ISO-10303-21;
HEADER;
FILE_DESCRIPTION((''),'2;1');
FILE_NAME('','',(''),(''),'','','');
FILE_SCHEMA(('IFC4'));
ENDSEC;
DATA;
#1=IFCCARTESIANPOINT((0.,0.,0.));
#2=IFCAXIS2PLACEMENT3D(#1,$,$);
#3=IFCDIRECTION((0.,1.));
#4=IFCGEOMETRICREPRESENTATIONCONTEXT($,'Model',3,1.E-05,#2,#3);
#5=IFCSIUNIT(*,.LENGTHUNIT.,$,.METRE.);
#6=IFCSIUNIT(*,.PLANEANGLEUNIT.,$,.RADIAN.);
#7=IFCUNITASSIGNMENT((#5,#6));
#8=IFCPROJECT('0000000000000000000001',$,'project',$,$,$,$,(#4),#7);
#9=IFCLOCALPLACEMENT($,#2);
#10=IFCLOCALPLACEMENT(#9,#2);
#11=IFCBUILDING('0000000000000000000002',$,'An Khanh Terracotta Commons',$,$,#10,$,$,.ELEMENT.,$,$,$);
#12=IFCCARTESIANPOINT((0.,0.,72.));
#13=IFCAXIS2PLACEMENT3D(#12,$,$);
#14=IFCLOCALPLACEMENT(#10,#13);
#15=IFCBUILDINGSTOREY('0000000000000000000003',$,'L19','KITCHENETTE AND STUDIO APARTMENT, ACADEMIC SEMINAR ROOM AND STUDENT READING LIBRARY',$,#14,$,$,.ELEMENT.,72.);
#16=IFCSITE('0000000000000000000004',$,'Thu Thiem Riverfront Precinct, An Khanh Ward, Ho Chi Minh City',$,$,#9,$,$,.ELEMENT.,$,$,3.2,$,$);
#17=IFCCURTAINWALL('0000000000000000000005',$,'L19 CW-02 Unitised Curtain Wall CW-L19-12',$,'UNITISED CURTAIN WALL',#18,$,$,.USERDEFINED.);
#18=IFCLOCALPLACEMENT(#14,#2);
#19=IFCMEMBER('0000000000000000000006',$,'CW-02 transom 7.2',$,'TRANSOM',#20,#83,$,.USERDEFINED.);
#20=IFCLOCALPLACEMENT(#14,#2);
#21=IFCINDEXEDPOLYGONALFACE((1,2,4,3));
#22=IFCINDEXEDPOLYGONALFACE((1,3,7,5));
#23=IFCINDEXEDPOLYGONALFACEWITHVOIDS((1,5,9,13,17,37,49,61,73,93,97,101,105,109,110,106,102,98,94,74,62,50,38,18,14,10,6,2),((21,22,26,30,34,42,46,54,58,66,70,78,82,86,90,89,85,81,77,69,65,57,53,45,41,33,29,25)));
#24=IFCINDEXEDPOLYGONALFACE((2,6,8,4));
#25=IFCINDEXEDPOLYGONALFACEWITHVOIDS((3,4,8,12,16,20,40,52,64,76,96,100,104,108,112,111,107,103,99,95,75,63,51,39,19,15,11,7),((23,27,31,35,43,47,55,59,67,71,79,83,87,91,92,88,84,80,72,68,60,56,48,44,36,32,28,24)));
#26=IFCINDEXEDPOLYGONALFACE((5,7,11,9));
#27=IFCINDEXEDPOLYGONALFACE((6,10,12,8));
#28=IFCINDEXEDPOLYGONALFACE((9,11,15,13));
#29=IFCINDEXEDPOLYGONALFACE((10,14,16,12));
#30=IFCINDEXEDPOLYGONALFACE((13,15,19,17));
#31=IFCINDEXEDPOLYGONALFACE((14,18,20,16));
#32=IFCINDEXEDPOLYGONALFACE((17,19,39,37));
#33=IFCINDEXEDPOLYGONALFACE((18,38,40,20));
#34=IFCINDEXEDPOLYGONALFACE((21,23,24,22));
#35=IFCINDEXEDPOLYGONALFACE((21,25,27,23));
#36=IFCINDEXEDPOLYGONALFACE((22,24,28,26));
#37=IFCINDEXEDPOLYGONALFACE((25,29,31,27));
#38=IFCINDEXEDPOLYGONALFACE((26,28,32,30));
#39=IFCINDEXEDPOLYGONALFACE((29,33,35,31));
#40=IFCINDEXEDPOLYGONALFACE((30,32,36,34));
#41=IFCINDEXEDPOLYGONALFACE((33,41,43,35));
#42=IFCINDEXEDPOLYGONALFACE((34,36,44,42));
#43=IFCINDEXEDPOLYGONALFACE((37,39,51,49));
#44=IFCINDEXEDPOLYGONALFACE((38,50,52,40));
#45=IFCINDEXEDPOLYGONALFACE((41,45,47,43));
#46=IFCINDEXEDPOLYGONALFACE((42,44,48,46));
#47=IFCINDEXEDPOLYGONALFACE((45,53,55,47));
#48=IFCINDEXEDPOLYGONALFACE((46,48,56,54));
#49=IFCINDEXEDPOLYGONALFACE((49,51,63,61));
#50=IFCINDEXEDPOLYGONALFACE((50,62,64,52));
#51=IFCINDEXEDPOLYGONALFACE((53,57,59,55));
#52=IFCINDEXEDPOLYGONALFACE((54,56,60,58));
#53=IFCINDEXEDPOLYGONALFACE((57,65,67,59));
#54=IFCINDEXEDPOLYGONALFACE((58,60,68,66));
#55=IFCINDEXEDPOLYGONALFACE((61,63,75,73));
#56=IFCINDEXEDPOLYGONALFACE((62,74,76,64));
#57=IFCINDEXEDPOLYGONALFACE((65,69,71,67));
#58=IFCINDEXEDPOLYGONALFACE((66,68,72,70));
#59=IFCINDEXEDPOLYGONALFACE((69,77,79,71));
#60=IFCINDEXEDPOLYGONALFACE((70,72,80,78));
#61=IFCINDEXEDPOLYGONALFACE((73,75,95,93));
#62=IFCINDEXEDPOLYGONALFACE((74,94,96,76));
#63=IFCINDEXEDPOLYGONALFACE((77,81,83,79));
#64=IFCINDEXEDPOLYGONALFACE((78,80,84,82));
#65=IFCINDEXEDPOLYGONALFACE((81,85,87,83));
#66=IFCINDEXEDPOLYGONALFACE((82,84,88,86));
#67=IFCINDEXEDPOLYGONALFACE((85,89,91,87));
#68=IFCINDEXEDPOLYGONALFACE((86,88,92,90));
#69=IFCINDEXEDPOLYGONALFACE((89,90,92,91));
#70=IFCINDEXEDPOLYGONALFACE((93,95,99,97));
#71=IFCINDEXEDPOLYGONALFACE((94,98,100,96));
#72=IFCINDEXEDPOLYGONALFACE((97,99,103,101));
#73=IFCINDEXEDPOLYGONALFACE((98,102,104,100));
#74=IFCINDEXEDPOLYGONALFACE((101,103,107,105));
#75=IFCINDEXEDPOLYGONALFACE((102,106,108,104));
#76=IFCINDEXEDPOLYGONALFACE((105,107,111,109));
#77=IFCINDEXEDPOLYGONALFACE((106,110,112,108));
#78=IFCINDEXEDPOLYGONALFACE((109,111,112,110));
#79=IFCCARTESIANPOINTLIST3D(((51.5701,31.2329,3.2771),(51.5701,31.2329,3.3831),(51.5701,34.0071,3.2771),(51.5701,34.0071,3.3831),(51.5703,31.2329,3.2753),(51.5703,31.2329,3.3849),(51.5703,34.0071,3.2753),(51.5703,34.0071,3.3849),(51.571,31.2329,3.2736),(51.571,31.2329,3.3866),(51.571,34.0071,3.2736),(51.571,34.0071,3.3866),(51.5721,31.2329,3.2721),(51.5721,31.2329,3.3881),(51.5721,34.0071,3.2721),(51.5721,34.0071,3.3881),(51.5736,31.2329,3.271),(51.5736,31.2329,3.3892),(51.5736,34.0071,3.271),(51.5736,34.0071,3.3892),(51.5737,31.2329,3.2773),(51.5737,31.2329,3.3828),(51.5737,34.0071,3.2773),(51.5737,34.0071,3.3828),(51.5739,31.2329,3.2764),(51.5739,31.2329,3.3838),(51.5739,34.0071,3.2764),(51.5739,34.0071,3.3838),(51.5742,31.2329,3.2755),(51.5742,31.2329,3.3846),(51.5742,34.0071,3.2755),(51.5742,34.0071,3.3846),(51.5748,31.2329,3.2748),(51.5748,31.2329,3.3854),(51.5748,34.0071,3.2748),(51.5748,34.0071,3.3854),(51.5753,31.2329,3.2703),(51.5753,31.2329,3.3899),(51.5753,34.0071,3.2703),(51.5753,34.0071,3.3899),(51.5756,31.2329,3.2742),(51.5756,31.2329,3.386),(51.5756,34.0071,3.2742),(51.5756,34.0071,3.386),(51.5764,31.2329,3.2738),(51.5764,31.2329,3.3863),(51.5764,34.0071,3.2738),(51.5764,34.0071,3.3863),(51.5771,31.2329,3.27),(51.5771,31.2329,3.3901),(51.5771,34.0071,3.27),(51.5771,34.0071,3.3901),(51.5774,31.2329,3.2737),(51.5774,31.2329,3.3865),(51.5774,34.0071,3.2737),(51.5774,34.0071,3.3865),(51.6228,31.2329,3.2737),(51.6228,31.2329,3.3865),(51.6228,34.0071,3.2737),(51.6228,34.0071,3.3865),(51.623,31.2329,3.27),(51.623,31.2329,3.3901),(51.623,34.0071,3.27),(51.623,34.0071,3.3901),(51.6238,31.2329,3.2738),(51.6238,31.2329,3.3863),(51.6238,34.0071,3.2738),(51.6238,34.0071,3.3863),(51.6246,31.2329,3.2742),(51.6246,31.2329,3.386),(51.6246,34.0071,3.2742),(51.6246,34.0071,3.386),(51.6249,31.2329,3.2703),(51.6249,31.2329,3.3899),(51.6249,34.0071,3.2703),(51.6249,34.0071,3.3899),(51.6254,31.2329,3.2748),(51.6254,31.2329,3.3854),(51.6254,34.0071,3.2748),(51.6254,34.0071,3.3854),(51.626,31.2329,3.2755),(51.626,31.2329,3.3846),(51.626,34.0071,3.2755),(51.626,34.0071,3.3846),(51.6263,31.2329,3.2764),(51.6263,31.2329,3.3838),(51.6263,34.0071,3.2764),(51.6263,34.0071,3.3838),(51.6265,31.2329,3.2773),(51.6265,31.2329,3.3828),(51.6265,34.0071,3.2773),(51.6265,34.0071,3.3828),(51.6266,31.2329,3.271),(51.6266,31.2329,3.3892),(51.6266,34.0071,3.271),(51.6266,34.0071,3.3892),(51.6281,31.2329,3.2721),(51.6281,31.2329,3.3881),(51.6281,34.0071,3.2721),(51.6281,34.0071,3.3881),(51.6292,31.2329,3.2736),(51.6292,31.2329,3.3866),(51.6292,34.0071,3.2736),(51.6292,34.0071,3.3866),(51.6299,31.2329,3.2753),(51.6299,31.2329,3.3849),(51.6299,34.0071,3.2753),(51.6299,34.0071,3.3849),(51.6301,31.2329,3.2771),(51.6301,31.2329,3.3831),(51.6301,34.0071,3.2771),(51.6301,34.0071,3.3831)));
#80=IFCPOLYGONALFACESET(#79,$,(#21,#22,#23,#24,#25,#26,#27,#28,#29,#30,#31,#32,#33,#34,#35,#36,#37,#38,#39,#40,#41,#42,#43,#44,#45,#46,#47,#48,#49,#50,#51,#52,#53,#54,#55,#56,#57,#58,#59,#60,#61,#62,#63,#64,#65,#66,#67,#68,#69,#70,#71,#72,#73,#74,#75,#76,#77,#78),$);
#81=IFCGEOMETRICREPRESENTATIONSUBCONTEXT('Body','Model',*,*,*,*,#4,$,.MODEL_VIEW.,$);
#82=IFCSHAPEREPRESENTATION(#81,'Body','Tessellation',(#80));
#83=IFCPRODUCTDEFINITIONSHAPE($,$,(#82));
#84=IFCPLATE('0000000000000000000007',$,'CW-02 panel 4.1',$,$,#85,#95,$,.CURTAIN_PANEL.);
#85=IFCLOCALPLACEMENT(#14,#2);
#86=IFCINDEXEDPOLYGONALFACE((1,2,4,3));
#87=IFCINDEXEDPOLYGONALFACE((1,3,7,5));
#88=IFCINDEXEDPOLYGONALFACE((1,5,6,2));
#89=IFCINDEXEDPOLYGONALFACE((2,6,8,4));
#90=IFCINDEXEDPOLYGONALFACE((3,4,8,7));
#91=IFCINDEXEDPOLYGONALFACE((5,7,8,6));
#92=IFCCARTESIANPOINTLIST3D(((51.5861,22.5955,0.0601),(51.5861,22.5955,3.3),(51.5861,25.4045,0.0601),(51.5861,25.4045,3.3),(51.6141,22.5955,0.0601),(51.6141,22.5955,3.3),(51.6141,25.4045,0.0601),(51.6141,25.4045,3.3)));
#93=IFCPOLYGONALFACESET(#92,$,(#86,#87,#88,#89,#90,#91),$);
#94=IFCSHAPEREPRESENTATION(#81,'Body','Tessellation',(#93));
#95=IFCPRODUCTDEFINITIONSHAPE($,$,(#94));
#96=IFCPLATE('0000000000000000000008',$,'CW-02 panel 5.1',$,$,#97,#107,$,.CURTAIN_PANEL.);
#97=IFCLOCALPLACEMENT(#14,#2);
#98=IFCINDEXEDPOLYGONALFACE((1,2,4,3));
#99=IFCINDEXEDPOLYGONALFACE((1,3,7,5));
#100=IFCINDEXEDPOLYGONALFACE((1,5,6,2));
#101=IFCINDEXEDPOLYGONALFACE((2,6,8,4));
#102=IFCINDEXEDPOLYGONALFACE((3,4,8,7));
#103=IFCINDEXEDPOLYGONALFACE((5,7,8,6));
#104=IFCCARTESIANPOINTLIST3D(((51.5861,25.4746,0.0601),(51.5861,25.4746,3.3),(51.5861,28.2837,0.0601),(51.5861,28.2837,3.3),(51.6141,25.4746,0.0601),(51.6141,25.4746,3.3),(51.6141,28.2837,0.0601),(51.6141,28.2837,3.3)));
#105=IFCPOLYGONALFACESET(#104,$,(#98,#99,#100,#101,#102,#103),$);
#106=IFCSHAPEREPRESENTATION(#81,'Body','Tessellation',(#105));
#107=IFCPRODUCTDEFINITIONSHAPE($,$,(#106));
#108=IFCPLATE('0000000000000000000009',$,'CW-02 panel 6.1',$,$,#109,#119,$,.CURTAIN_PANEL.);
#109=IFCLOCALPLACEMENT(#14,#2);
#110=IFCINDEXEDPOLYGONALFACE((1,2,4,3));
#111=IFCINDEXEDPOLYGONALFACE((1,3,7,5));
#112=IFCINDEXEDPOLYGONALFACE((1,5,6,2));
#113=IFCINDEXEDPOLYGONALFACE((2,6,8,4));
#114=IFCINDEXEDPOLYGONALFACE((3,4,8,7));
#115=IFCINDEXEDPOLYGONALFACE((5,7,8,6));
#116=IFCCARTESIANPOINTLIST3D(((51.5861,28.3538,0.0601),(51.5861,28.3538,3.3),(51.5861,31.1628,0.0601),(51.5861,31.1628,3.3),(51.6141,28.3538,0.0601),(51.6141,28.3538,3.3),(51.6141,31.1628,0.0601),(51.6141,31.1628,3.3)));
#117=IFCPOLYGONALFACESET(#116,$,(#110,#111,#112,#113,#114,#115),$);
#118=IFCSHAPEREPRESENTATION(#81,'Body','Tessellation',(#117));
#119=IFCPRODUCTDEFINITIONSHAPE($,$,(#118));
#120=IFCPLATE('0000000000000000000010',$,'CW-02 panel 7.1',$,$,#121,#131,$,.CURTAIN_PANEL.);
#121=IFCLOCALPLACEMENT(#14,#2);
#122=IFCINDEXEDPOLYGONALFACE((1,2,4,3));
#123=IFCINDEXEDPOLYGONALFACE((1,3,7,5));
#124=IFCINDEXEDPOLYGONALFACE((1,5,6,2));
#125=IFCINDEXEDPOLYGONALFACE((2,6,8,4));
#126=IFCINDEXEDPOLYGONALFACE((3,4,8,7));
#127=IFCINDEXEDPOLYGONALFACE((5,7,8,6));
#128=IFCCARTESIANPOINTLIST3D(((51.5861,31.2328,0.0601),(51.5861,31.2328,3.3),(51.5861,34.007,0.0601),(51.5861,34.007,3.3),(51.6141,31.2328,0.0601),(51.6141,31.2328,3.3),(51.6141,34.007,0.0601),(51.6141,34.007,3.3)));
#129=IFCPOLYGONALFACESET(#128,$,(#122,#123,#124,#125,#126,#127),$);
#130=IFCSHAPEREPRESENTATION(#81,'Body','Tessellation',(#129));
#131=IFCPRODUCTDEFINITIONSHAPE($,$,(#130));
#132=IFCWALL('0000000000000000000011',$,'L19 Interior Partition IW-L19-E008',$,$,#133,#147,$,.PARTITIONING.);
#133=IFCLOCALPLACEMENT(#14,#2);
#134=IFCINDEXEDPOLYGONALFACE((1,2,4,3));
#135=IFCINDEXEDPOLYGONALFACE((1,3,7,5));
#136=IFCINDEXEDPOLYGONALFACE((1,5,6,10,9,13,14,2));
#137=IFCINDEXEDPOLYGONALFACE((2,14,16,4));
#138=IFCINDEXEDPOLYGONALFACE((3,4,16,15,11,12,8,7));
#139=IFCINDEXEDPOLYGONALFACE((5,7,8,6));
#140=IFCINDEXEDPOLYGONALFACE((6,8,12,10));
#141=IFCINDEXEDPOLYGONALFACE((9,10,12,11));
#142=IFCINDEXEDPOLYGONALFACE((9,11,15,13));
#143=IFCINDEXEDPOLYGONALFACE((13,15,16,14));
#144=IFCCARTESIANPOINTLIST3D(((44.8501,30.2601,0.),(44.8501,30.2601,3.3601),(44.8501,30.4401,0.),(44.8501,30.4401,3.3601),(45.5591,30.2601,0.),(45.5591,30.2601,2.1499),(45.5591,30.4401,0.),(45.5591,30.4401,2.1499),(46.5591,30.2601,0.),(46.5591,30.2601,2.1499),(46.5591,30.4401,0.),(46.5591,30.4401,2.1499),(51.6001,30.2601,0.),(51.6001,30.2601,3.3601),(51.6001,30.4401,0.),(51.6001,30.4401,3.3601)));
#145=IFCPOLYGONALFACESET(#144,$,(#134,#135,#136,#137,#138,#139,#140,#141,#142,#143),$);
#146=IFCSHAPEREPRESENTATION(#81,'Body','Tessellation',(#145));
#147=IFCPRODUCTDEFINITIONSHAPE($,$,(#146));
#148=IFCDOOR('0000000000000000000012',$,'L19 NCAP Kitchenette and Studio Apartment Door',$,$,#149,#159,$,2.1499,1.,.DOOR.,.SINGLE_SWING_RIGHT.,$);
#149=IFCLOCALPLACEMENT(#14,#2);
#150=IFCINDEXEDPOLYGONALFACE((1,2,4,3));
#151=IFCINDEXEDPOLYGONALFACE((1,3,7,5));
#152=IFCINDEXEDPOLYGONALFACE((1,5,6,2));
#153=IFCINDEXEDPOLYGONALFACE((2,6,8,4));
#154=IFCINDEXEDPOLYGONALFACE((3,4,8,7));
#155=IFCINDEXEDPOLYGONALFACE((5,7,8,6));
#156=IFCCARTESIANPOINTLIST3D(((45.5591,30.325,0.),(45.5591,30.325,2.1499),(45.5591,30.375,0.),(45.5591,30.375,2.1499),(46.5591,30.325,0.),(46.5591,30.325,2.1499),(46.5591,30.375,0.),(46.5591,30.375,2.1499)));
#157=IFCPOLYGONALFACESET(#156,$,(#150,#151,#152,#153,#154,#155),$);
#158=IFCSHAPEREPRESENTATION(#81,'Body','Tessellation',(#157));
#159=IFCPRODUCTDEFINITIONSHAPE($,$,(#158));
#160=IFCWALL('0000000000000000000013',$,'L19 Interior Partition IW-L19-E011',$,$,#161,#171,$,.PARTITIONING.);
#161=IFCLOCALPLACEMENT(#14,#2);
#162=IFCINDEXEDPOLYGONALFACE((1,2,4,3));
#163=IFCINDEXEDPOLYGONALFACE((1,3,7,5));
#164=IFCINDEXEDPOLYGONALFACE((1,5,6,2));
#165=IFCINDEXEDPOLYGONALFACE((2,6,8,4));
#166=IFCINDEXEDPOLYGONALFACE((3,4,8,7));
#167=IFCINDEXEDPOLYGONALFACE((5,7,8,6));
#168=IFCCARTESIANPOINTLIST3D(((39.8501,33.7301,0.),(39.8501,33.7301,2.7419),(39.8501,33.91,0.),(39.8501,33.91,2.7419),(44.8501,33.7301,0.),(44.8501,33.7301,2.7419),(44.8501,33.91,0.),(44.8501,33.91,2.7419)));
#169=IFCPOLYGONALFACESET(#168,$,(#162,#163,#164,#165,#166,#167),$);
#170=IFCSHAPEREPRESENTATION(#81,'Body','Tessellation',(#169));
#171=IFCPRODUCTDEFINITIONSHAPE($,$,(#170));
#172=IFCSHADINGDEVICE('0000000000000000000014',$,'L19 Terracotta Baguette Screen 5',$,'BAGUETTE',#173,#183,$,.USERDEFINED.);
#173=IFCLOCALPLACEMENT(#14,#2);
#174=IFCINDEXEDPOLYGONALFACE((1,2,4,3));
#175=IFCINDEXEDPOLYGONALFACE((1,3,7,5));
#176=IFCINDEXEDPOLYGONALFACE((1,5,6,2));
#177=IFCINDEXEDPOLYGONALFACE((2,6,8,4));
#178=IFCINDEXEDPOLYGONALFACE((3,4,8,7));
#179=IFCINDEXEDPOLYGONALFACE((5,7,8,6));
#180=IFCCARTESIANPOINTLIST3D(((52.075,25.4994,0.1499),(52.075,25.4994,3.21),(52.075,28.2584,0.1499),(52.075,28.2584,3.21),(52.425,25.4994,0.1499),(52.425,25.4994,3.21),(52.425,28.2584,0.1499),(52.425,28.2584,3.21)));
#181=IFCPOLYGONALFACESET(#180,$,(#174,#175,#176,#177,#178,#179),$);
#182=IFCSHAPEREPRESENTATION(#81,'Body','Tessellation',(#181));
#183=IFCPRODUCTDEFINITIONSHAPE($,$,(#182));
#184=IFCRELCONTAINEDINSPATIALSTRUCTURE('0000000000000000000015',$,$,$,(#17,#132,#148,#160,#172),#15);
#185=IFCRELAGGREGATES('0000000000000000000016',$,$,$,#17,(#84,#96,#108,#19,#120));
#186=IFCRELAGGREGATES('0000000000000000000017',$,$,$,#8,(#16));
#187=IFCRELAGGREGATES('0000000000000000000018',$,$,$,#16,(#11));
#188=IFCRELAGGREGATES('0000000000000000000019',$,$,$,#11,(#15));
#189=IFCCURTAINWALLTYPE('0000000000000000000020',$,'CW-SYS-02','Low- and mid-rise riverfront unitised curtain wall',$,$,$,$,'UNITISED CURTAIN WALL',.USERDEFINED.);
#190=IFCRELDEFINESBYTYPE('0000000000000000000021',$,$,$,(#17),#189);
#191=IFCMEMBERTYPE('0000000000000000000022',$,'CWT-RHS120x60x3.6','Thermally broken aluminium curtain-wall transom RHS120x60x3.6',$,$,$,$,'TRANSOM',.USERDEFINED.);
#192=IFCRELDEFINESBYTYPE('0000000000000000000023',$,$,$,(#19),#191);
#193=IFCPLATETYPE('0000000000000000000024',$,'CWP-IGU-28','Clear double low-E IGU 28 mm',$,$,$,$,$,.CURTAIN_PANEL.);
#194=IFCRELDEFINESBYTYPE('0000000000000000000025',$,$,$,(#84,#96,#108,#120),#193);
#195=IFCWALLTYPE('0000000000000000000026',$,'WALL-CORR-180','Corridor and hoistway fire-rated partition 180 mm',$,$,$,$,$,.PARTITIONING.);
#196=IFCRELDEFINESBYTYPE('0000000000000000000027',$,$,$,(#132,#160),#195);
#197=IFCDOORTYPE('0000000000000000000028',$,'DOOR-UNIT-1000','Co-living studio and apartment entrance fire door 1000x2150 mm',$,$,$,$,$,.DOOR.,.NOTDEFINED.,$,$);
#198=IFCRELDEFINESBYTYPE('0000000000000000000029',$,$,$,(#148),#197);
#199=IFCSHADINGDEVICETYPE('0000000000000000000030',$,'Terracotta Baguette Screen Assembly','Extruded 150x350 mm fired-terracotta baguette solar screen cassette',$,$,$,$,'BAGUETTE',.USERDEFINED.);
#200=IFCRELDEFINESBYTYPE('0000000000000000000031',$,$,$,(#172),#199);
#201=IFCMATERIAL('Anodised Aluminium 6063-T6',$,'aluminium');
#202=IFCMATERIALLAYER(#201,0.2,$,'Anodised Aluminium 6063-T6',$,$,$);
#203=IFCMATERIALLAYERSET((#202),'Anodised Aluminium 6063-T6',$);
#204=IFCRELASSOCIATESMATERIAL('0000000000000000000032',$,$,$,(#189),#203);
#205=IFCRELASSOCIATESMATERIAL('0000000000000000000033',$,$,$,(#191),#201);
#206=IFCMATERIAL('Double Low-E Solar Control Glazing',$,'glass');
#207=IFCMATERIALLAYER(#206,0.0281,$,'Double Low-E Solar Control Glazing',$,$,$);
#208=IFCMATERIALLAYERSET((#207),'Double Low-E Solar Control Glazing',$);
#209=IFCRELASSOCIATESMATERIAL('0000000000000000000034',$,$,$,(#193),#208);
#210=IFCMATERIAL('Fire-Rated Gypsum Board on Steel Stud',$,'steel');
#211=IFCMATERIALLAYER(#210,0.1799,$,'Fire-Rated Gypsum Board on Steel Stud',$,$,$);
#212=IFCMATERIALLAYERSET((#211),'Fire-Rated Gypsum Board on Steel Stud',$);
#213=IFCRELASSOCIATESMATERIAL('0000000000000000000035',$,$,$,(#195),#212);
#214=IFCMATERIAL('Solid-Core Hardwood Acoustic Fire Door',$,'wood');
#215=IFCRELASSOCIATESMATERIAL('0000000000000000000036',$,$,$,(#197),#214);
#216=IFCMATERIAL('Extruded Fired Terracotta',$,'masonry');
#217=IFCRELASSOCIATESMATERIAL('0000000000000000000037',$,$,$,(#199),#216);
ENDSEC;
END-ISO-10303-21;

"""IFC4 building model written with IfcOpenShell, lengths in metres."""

from ifc_helpers import new_model, si_unit, direction, frame, frame_2d, origin, origin_2d, place, context, subcontext, project, spatial, rectangle, hollow_rectangle, extrude, material, layer, layer_set, material_profile, profile_set, type_object, element, fill, aggregate, save


model = new_model("IFC4")

# Units and contexts
model_context = context("Model", 3, precision=1e-05, world=origin(), true_north=direction((0.0, 1.0)))
body_context = subcontext(model_context, "Body", "Model", "MODEL_VIEW")
ifc_project = project(units=[si_unit("LENGTHUNIT", "METRE"), si_unit("PLANEANGLEUNIT", "RADIAN")], contexts=[model_context])

# Site, building, storey
site_placement = place(None, origin())
site = spatial("IfcSite", under=ifc_project, at=site_placement, Name="Thu Thiem Riverfront Precinct, An Khanh Ward, Ho Chi Minh City", CompositionType="ELEMENT", RefElevation=3.2)
building_placement = place(site_placement, origin())
building = spatial("IfcBuilding", under=site, at=building_placement, Name="An Khanh Terracotta Commons", CompositionType="ELEMENT")
storey_placement = place(building_placement, frame((0.0, 0.0, 72.0)))
storey = spatial("IfcBuildingStorey", under=building, at=storey_placement, Name="L19", Description="KITCHENETTE AND STUDIO APARTMENT, ACADEMIC SEMINAR ROOM AND STUDENT READING LIBRARY", CompositionType="ELEMENT", Elevation=72.0)

# Curtain wall, member, plates
ifc_material_1 = material(Name="Anodised Aluminium 6063-T6", Category="aluminium")
ifc_layer_1 = layer(ifc_material_1, 0.2, Name="Anodised Aluminium 6063-T6")
ifc_layer_set_1 = layer_set([ifc_layer_1], Name="Anodised Aluminium 6063-T6")
curtain_wall_type = type_object("IfcCurtainWallType", Name="CW-SYS-02", Description="Low- and mid-rise riverfront unitised curtain wall", ElementType="UNITISED CURTAIN WALL", PredefinedType="USERDEFINED", material=ifc_layer_set_1)
curtain_wall_placement = place(storey_placement, origin())
curtain_wall = element("IfcCurtainWall", 1, at=curtain_wall_placement, inside=storey, type_object=curtain_wall_type, Name="L19 CW-02 Unitised Curtain Wall CW-L19-12", ObjectType="UNITISED CURTAIN WALL", PredefinedType="USERDEFINED")
ifc_material_profile_1 = material_profile(ifc_material_1, hollow_rectangle(XDim=0.0601, YDim=0.1201, WallThickness=0.0037, InnerFilletRadius=0.0037, OuterFilletRadius=0.0071, at=origin_2d()), Name="RHS120x60x3.6")
ifc_profile_set_1 = profile_set([ifc_material_profile_1], Name="Anodised Aluminium 6063-T6")
member_type_1 = type_object("IfcMemberType", Name="CWT-RHS120x60x3.6", Description="Thermally broken aluminium curtain-wall transom RHS120x60x3.6", ElementType="TRANSOM", PredefinedType="USERDEFINED", material=ifc_profile_set_1)
member_1_placement = place(storey_placement, frame((51.6001, 31.2329, 3.3301), z_axis=(0.0, 1.0, 0.0), x_axis=(-1.0, 0.0, 0.0)))
member_1 = element("IfcMember", 2, at=member_1_placement, type_object=member_type_1, Name="CW-02 transom 7.2", ObjectType="TRANSOM", PredefinedType="USERDEFINED", context=body_context, shape_type="SweptSolid", body=[
    extrude(hollow_rectangle(XDim=0.0601, YDim=0.1201, WallThickness=0.0037, InnerFilletRadius=0.0037, OuterFilletRadius=0.0071, at=origin_2d()), origin(), (0.0, 0.0, 1.0), 2.7742),
])
ifc_material_2 = material(Name="Double Low-E Solar Control Glazing", Category="glass")
ifc_layer_2 = layer(ifc_material_2, 0.0281, Name="Double Low-E Solar Control Glazing")
ifc_layer_set_2 = layer_set([ifc_layer_2], Name="Double Low-E Solar Control Glazing")
plate_type = type_object("IfcPlateType", Name="CWP-IGU-28", Description="Clear double low-E IGU 28 mm", PredefinedType="CURTAIN_PANEL", material=ifc_layer_set_2)
plate_1_placement = place(storey_placement, frame((51.6001, 24.0, 0.0601), z_axis=(0.0, 0.0, 1.0), x_axis=(0.0, 1.0, 0.0)))
plate_1 = element("IfcPlate", 3, at=plate_1_placement, type_object=plate_type, Name="CW-02 panel 4.1", PredefinedType="CURTAIN_PANEL", context=body_context, shape_type="SweptSolid", body=[
    extrude(rectangle(XDim=2.8091, YDim=0.0281, at=origin_2d()), origin(), (0.0, 0.0, 1.0), 3.24),
])
plate_2_placement = place(storey_placement, frame((51.6001, 26.8792, 0.0601), z_axis=(0.0, 0.0, 1.0), x_axis=(0.0, 1.0, 0.0)))
plate_2 = element("IfcPlate", 4, at=plate_2_placement, type_object=plate_type, Name="CW-02 panel 5.1", PredefinedType="CURTAIN_PANEL", context=body_context, shape_type="SweptSolid", body=[
    extrude(rectangle(XDim=2.8091, YDim=0.0281, at=origin_2d()), origin(), (0.0, 0.0, 1.0), 3.24),
])
plate_3_placement = place(storey_placement, frame((51.6001, 29.7583, 0.0601), z_axis=(0.0, 0.0, 1.0), x_axis=(0.0, 1.0, 0.0)))
plate_3 = element("IfcPlate", 5, at=plate_3_placement, type_object=plate_type, Name="CW-02 panel 6.1", PredefinedType="CURTAIN_PANEL", context=body_context, shape_type="SweptSolid", body=[
    extrude(rectangle(XDim=2.8091, YDim=0.0281, at=origin_2d()), origin(), (0.0, 0.0, 1.0), 3.24),
])
plate_4_placement = place(storey_placement, frame((51.6001, 32.6199, 0.0601), z_axis=(0.0, 0.0, 1.0), x_axis=(0.0, 1.0, 0.0)))
plate_4 = element("IfcPlate", 6, at=plate_4_placement, type_object=plate_type, Name="CW-02 panel 7.1", PredefinedType="CURTAIN_PANEL", context=body_context, shape_type="SweptSolid", body=[
    extrude(rectangle(XDim=2.7742, YDim=0.0281, at=origin_2d()), origin(), (0.0, 0.0, 1.0), 3.24),
])
aggregate(curtain_wall, [plate_1, plate_2, plate_3, member_1, plate_4])

# Wall, opening, door
ifc_material_3 = material(Name="Fire-Rated Gypsum Board on Steel Stud", Category="steel")
ifc_layer_3 = layer(ifc_material_3, 0.1799, Name="Fire-Rated Gypsum Board on Steel Stud")
ifc_layer_set_3 = layer_set([ifc_layer_3], Name="Fire-Rated Gypsum Board on Steel Stud")
wall_type = type_object("IfcWallType", Name="WALL-CORR-180", Description="Corridor and hoistway fire-rated partition 180 mm", PredefinedType="PARTITIONING", material=ifc_layer_set_3)
wall_1_placement = place(storey_placement, frame((44.8501, 30.3501, 0.0), z_axis=(0.0, 0.0, 1.0), x_axis=(1.0, 0.0, 0.0)))
wall_1 = element("IfcWall", 7, at=wall_1_placement, inside=storey, type_object=wall_type, Name="L19 Interior Partition IW-L19-E008", PredefinedType="PARTITIONING", context=body_context, shape_type="SweptSolid", body=[
    extrude(rectangle(XDim=6.75, YDim=0.1799, at=frame_2d((3.375, 0.0))), origin(), (0.0, 0.0, 1.0), 3.3601),
])
opening_placement = place(wall_1_placement, frame((0.709, 0.0, 0.0)))
opening = element("IfcOpeningElement", 8, at=opening_placement, cuts=wall_1, PredefinedType="OPENING", context=body_context, shape_type="SweptSolid", body=[
    extrude(rectangle(XDim=1.0, YDim=2.1499, at=frame_2d((0.5, 1.075))), frame((0.0, 0.0999, 0.0), z_axis=(0.0, -1.0, 0.0), x_axis=(1.0, 0.0, 0.0)), (0.0, 0.0, 1.0), 0.2),
])
ifc_material_4 = material(Name="Solid-Core Hardwood Acoustic Fire Door", Category="wood")
door_type = type_object("IfcDoorType", Name="DOOR-UNIT-1000", Description="Co-living studio and apartment entrance fire door 1000x2150 mm", OperationType="NOTDEFINED", PredefinedType="DOOR", material=ifc_material_4)
door_placement = place(opening_placement, origin())
door = element("IfcDoor", 9, at=door_placement, inside=storey, type_object=door_type, Name="L19 NCAP Kitchenette and Studio Apartment Door", OperationType="SINGLE_SWING_RIGHT", OverallHeight=2.1499, OverallWidth=1.0, PredefinedType="DOOR", context=body_context, shape_type="SweptSolid", body=[
    extrude(rectangle(XDim=1.0, YDim=2.1499, at=frame_2d((0.5, 1.075))), frame((0.0, 0.0249, 0.0), z_axis=(0.0, -1.0, 0.0), x_axis=(1.0, 0.0, 0.0)), (0.0, 0.0, 1.0), 0.05),
])
fill(opening, door)

# Wall
wall_2_placement = place(storey_placement, frame((39.8501, 33.8201, 0.0), z_axis=(0.0, 0.0, 1.0), x_axis=(1.0, 0.0, 0.0)))
element("IfcWall", 10, at=wall_2_placement, inside=storey, type_object=wall_type, Name="L19 Interior Partition IW-L19-E011", PredefinedType="PARTITIONING", context=body_context, shape_type="SweptSolid", body=[
    extrude(rectangle(XDim=5.0, YDim=0.1799, at=frame_2d((2.5, 0.0))), origin(), (0.0, 0.0, 1.0), 2.7419),
])

# Shading device
ifc_material_5 = material(Name="Extruded Fired Terracotta", Category="masonry")
shading_device_type = type_object("IfcShadingDeviceType", Name="Terracotta Baguette Screen Assembly", Description="Extruded 150x350 mm fired-terracotta baguette solar screen cassette", ElementType="BAGUETTE", PredefinedType="USERDEFINED", material=ifc_material_5)
for number, where, z_axis, x_axis, name in (
    (11, (52.25, 26.8789, 0.1499), (0.0, 0.0, 1.0), (0.0, 1.0, 0.0), "L19 Terracotta Baguette Screen 5"),
):
    element("IfcShadingDevice", number, at=place(storey_placement, frame(where, z_axis=z_axis, x_axis=x_axis)), inside=storey, type_object=shading_device_type, Name=name, ObjectType="BAGUETTE", PredefinedType="USERDEFINED", context=body_context, shape_type="SweptSolid", body=[
        extrude(rectangle(XDim=2.759, YDim=0.3501, at=origin_2d()), origin(), (0.0, 0.0, 1.0), 3.0601),
    ])

save(model, "model.ifc")
